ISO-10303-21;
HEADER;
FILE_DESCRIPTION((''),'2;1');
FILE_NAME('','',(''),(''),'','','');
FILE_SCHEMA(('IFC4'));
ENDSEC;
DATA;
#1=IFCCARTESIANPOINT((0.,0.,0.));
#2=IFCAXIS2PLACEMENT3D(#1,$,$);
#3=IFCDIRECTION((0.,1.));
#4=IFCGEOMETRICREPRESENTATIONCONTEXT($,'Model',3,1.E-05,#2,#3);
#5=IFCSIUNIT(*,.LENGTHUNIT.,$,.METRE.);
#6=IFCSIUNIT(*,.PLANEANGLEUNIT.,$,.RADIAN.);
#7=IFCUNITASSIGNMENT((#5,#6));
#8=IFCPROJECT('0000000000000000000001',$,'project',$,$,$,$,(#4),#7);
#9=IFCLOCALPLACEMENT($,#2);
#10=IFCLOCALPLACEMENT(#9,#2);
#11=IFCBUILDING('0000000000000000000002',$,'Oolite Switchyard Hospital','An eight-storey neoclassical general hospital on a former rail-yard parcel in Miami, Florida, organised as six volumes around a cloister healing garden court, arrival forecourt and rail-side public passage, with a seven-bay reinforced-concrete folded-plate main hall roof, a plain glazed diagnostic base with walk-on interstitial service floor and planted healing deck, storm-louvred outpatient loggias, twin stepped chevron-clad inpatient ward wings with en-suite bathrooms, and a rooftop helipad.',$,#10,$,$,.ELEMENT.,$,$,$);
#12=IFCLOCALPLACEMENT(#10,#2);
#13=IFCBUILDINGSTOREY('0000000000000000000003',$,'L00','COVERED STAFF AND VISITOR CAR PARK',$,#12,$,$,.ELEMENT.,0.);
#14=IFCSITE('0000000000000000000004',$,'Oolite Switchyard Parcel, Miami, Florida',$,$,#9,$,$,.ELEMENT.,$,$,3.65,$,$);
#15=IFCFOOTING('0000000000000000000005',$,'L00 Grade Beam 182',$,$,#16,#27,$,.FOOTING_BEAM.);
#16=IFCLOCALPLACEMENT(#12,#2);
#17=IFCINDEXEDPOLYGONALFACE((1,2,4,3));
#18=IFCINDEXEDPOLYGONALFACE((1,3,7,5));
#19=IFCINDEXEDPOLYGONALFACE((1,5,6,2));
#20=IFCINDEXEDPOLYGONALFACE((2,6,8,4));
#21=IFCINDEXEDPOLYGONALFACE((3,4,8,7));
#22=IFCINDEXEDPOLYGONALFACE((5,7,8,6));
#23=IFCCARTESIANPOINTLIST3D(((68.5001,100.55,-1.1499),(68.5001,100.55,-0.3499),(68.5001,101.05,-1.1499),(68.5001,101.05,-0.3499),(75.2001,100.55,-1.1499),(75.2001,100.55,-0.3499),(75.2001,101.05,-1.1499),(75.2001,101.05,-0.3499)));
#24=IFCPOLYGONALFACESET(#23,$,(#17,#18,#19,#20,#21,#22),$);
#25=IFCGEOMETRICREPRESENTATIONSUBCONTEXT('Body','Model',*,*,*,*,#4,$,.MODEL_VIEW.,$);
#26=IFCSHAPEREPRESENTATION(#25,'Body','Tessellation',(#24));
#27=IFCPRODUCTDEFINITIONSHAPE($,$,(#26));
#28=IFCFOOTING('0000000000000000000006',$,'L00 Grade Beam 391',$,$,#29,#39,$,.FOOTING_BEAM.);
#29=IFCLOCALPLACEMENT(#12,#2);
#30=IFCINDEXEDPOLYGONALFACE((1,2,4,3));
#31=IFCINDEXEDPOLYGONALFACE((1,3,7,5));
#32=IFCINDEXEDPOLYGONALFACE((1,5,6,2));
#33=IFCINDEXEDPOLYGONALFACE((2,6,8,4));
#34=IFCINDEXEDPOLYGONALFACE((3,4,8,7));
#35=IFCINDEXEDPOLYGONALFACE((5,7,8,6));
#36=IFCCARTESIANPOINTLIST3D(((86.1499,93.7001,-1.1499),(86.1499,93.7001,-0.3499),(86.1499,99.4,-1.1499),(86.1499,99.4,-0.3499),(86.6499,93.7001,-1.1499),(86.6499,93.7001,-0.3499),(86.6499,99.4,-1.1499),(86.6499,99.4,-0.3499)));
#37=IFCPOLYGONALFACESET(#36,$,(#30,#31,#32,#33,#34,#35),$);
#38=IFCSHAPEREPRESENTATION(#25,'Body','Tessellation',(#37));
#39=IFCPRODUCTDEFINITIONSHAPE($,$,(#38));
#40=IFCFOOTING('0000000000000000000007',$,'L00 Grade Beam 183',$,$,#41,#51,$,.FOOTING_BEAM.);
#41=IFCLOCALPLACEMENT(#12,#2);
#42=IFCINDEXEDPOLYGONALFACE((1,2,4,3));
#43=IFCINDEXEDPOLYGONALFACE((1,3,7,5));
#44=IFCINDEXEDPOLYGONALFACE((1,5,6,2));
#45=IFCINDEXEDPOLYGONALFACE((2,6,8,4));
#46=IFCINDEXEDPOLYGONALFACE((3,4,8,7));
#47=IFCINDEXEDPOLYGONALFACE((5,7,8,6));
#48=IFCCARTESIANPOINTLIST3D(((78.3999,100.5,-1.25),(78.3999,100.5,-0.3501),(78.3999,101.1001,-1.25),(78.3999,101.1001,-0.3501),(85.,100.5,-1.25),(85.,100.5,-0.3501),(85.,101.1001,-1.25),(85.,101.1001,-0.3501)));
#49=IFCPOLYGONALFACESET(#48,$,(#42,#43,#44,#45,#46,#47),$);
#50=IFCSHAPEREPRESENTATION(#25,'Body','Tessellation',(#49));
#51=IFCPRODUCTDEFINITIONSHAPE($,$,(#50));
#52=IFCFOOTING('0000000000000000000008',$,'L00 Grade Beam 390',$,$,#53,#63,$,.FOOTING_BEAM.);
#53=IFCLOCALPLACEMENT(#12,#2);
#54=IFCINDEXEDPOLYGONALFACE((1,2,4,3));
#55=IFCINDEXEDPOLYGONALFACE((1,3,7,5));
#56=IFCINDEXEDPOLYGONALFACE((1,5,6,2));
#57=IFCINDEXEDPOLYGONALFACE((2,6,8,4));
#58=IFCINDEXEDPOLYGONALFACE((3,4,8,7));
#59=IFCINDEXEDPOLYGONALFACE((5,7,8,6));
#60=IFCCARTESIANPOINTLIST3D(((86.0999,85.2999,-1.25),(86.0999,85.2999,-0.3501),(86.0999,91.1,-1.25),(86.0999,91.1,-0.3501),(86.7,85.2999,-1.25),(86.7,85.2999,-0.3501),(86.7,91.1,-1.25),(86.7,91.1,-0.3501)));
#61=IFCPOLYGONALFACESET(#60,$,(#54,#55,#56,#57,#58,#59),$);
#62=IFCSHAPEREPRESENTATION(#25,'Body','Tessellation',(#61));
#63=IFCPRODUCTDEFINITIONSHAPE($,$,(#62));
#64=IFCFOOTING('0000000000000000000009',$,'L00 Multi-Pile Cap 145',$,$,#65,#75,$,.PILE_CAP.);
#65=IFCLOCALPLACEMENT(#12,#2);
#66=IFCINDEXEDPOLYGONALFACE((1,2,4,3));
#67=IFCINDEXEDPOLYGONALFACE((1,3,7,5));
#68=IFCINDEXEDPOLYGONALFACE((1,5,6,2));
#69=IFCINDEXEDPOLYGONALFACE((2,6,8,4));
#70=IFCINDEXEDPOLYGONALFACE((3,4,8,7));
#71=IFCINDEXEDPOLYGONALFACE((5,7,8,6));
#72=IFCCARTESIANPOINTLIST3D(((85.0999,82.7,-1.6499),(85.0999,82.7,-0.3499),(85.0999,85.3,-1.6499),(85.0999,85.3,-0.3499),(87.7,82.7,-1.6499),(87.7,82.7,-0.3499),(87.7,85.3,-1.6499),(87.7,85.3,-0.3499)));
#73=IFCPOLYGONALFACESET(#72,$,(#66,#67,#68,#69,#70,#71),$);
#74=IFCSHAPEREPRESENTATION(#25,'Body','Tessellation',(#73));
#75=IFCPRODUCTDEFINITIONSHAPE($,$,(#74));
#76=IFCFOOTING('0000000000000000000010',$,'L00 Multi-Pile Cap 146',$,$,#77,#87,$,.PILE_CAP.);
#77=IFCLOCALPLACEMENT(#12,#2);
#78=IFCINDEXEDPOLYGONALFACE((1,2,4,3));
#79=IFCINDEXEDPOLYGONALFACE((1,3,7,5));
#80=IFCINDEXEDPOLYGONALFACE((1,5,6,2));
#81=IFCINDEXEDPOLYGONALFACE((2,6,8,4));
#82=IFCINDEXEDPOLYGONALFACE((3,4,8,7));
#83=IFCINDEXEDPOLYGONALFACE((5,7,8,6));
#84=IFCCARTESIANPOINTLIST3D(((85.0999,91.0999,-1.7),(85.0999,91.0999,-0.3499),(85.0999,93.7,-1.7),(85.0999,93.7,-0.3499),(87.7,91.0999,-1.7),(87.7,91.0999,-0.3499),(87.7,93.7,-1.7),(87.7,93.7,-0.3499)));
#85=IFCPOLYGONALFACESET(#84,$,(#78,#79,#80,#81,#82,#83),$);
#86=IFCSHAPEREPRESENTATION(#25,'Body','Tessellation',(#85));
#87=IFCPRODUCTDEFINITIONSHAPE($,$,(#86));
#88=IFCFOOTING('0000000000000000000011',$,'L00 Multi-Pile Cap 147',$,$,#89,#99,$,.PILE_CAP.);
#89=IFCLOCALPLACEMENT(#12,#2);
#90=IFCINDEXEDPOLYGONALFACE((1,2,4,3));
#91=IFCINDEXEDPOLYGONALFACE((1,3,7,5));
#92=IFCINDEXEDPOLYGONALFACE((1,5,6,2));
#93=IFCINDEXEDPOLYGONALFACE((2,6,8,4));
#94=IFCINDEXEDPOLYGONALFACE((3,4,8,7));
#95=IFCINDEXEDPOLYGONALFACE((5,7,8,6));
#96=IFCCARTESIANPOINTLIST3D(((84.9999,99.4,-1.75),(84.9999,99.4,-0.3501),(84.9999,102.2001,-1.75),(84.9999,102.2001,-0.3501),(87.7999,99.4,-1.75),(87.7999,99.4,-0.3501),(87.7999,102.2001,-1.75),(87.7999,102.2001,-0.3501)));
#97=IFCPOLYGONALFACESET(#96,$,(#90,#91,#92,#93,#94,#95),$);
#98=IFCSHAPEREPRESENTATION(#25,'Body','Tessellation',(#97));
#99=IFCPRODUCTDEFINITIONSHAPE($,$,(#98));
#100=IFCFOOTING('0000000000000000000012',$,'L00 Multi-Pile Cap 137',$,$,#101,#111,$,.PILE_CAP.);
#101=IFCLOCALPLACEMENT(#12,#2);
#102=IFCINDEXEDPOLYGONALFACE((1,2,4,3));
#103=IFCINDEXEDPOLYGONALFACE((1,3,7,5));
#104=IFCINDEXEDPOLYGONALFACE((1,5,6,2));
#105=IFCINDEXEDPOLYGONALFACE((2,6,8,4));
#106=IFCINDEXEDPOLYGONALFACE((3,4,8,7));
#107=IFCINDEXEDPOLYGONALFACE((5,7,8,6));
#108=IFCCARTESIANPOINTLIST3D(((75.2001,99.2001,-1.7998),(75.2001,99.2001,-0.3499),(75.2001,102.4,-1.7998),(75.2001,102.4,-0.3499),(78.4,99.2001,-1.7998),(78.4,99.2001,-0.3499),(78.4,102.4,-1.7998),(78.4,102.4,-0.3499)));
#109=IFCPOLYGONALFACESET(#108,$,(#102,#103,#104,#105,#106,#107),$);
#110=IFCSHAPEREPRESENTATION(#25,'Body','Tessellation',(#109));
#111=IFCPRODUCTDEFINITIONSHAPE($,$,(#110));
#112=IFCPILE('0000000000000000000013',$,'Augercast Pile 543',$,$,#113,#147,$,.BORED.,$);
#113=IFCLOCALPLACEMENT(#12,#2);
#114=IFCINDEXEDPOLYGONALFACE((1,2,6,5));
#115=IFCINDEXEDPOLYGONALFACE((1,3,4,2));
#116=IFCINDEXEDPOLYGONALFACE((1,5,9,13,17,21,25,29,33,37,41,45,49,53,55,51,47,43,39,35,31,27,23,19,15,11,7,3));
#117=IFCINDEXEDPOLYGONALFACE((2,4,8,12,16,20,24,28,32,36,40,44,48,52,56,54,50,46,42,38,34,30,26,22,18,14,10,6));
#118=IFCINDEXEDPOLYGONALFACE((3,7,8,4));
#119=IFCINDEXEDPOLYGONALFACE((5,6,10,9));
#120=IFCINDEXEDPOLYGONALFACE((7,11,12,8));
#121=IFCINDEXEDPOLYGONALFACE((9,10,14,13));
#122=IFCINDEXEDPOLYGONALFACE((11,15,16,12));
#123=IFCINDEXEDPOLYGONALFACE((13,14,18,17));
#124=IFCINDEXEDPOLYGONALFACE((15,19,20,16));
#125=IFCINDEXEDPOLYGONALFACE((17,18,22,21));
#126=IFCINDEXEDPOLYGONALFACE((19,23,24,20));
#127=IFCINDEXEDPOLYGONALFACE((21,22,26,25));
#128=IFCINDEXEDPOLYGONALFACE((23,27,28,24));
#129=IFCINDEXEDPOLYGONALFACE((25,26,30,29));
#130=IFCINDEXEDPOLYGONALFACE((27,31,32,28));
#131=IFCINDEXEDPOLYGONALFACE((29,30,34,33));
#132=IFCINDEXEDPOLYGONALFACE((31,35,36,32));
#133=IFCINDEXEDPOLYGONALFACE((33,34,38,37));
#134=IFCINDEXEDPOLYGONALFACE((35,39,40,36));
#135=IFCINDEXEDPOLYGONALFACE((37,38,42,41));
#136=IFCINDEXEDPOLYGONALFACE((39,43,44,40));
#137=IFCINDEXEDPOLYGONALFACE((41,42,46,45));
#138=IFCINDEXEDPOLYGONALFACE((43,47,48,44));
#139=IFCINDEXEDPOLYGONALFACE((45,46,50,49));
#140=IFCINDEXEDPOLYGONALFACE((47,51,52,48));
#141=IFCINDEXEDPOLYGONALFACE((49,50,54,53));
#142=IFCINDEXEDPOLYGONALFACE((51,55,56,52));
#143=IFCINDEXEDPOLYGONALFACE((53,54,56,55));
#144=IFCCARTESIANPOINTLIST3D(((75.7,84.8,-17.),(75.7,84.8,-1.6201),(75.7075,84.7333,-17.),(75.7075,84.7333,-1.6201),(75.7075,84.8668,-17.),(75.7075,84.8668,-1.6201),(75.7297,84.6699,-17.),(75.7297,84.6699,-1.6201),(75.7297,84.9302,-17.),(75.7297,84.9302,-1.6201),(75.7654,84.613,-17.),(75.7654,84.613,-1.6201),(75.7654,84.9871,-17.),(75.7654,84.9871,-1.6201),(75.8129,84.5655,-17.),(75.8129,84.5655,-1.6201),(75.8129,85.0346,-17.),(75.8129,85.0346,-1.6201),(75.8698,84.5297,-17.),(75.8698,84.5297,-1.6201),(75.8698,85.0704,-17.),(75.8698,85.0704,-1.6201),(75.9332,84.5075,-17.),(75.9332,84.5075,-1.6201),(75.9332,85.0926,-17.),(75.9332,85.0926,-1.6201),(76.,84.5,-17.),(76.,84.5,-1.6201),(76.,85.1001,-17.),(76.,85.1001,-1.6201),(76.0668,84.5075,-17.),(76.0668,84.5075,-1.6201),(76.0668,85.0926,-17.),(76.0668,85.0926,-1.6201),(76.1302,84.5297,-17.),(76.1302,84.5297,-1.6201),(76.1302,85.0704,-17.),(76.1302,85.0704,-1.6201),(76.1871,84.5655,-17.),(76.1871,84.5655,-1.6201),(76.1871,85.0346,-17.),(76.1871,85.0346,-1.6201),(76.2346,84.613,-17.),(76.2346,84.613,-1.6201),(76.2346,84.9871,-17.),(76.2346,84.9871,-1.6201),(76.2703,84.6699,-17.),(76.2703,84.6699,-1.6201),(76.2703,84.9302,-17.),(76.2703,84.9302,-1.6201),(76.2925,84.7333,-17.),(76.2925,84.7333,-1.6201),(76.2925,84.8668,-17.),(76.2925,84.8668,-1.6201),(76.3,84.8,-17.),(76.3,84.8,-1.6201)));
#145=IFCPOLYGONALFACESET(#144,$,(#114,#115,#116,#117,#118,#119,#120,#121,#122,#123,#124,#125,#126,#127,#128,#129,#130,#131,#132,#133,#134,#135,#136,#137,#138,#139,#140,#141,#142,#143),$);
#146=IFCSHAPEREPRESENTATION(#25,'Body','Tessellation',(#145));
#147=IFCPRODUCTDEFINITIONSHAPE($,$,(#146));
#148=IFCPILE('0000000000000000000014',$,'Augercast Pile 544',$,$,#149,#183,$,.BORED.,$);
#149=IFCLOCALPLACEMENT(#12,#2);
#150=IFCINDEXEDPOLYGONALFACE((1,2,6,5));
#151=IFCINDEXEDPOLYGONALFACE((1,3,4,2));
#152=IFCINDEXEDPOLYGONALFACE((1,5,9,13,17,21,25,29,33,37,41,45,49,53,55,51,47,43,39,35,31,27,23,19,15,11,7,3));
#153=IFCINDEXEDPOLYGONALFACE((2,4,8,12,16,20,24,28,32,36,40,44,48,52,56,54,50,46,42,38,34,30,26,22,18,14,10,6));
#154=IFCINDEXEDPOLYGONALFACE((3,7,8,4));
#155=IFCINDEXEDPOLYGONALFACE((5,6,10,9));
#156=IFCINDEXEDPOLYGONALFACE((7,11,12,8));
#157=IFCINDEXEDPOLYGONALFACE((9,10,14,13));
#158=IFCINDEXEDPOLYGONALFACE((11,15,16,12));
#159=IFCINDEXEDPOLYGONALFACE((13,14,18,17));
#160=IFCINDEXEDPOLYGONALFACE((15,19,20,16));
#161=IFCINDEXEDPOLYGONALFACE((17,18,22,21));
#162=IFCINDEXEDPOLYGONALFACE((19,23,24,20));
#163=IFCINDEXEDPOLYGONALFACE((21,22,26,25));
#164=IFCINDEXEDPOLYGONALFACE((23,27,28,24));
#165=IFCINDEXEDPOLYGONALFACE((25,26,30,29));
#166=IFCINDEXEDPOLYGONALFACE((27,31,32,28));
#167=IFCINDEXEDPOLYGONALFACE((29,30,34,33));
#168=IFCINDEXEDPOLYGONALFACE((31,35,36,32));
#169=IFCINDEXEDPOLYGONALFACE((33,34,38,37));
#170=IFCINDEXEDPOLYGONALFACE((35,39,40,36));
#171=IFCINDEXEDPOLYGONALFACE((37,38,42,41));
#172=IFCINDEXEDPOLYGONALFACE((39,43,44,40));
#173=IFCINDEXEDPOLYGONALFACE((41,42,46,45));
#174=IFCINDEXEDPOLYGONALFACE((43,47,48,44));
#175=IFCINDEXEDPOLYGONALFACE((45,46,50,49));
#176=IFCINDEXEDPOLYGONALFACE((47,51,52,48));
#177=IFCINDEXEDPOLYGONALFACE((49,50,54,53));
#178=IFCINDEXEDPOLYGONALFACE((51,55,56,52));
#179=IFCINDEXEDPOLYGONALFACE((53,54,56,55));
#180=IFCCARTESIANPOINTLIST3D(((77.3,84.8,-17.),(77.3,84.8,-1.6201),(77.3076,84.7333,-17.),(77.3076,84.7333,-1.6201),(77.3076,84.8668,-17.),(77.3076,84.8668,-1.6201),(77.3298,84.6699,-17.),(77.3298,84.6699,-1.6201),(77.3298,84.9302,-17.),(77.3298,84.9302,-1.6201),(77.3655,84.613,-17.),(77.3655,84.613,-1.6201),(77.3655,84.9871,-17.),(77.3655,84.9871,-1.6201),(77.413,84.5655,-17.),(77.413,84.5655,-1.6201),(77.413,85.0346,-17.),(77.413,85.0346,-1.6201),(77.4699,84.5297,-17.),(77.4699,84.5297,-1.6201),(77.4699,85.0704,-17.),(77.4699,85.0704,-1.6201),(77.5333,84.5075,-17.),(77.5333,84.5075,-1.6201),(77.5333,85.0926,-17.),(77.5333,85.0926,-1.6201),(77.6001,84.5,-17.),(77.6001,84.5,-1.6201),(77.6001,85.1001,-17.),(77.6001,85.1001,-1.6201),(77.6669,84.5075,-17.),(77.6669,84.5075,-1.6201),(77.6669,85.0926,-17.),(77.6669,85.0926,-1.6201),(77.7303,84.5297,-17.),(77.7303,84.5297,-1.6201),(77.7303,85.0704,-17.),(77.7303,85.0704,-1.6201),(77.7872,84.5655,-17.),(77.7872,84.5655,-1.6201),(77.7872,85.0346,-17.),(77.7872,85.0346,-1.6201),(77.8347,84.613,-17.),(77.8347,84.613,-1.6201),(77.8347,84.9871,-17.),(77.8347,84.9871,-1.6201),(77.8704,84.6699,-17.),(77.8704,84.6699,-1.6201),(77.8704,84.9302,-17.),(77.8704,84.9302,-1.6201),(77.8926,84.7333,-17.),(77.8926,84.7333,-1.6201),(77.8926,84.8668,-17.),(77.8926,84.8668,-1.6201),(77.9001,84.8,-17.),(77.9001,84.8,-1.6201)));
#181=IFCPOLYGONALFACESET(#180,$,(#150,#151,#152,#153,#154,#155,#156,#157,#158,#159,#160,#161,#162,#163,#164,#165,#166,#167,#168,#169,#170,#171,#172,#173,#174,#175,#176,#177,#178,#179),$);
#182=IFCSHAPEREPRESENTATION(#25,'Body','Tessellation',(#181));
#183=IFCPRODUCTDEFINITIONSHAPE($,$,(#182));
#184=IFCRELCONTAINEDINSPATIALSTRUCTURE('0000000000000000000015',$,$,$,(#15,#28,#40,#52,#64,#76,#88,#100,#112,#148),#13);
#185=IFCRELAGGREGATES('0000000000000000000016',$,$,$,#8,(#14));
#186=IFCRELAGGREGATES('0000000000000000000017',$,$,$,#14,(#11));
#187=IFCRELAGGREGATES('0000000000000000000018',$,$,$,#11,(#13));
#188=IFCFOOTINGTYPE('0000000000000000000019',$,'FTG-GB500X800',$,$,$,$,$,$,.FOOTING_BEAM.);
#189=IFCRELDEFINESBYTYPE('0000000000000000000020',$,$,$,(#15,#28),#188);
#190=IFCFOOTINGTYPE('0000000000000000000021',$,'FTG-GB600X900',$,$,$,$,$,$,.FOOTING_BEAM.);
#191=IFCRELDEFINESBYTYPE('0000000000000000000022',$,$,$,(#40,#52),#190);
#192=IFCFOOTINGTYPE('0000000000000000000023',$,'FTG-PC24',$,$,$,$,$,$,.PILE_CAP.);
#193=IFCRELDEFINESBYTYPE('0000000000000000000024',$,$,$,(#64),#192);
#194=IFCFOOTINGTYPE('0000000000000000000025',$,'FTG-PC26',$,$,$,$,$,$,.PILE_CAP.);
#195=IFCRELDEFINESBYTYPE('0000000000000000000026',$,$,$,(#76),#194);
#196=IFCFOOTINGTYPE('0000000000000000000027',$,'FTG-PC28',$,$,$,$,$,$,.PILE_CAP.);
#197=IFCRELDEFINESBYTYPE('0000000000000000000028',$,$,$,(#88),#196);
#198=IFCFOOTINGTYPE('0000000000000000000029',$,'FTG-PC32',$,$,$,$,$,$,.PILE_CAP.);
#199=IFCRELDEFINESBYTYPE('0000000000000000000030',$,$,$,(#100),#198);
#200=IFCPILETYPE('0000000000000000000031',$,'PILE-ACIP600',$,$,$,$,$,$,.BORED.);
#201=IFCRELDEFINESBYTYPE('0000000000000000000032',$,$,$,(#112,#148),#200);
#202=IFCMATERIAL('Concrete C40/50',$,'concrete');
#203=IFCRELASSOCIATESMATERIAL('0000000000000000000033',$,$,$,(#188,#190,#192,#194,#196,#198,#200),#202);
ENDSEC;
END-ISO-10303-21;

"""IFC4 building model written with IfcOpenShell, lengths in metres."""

from ifc_helpers import new_model, si_unit, direction, frame, origin, origin_2d, place, context, subcontext, project, spatial, rectangle, circle, extrude, material, material_profile, profile_set, type_object, element, save


model = new_model("IFC4")

# Units and contexts
model_context = context("Model", 3, precision=1e-05, world=origin(), true_north=direction((0.0, 1.0)))
body_context = subcontext(model_context, "Body", "Model", "MODEL_VIEW")
ifc_project = project(units=[si_unit("LENGTHUNIT", "METRE"), si_unit("PLANEANGLEUNIT", "RADIAN")], contexts=[model_context])

# Site, building, storey
site_placement = place(None, origin())
site = spatial("IfcSite", under=ifc_project, at=site_placement, Name="Oolite Switchyard Parcel, Miami, Florida", CompositionType="ELEMENT", RefElevation=3.65)
building_placement = place(site_placement, origin())
building = spatial("IfcBuilding", under=site, at=building_placement, Name="Oolite Switchyard Hospital", Description="An eight-storey neoclassical general hospital on a former rail-yard parcel in Miami, Florida, organised as six volumes around a cloister healing garden court, arrival forecourt and rail-side public passage, with a seven-bay reinforced-concrete folded-plate main hall roof, a plain glazed diagnostic base with walk-on interstitial service floor and planted healing deck, storm-louvred outpatient loggias, twin stepped chevron-clad inpatient ward wings with en-suite bathrooms, and a rooftop helipad.", CompositionType="ELEMENT")
storey_placement = place(building_placement, origin())
storey = spatial("IfcBuildingStorey", under=building, at=storey_placement, Name="L00", Description="COVERED STAFF AND VISITOR CAR PARK", CompositionType="ELEMENT", Elevation=0.0)

# Footings
ifc_material_1 = material(Name="Concrete C40/50", Category="concrete")
footing_type_1 = type_object("IfcFootingType", Name="FTG-GB500X800", PredefinedType="FOOTING_BEAM", material=ifc_material_1)
footing_1_placement = place(storey_placement, frame((71.8501, 100.8, -1.1499), z_axis=(0.0, 0.0, 1.0), x_axis=(1.0, 0.0, 0.0)))
element("IfcFooting", 1, at=footing_1_placement, inside=storey, type_object=footing_type_1, Name="L00 Grade Beam 182", PredefinedType="FOOTING_BEAM", context=body_context, shape_type="SweptSolid", body=[
    extrude(rectangle(XDim=6.7, YDim=0.5, at=origin_2d()), origin(), (0.0, 0.0, 1.0), 0.8),
])
footing_2_placement = place(storey_placement, frame((86.3999, 96.55, -1.1499), z_axis=(0.0, 0.0, 1.0), x_axis=(0.0, 1.0, 0.0)))
element("IfcFooting", 2, at=footing_2_placement, inside=storey, type_object=footing_type_1, Name="L00 Grade Beam 391", PredefinedType="FOOTING_BEAM", context=body_context, shape_type="SweptSolid", body=[
    extrude(rectangle(XDim=5.7, YDim=0.5, at=origin_2d()), origin(), (0.0, 0.0, 1.0), 0.8),
])
footing_type_2 = type_object("IfcFootingType", Name="FTG-GB600X900", PredefinedType="FOOTING_BEAM", material=ifc_material_1)
footing_3_placement = place(storey_placement, frame((81.7, 100.8, -1.25), z_axis=(0.0, 0.0, 1.0), x_axis=(1.0, 0.0, 0.0)))
element("IfcFooting", 3, at=footing_3_placement, inside=storey, type_object=footing_type_2, Name="L00 Grade Beam 183", PredefinedType="FOOTING_BEAM", context=body_context, shape_type="SweptSolid", body=[
    extrude(rectangle(XDim=6.6001, YDim=0.6001, at=origin_2d()), origin(), (0.0, 0.0, 1.0), 0.8999),
])
footing_4_placement = place(storey_placement, frame((86.3999, 88.2, -1.25), z_axis=(0.0, 0.0, 1.0), x_axis=(0.0, 1.0, 0.0)))
element("IfcFooting", 4, at=footing_4_placement, inside=storey, type_object=footing_type_2, Name="L00 Grade Beam 390", PredefinedType="FOOTING_BEAM", context=body_context, shape_type="SweptSolid", body=[
    extrude(rectangle(XDim=5.8, YDim=0.6001, at=origin_2d()), origin(), (0.0, 0.0, 1.0), 0.8999),
])
footing_type_3 = type_object("IfcFootingType", Name="FTG-PC24", PredefinedType="PILE_CAP", material=ifc_material_1)
footing_5_placement = place(storey_placement, frame((86.3999, 84.0, -1.6499), z_axis=(0.0, 0.0, 1.0), x_axis=(1.0, 0.0, 0.0)))
element("IfcFooting", 5, at=footing_5_placement, inside=storey, type_object=footing_type_3, Name="L00 Multi-Pile Cap 145", PredefinedType="PILE_CAP", context=body_context, shape_type="SweptSolid", body=[
    extrude(rectangle(XDim=2.6001, YDim=2.6001, at=origin_2d()), origin(), (0.0, 0.0, 1.0), 1.3),
])
footing_type_4 = type_object("IfcFootingType", Name="FTG-PC26", PredefinedType="PILE_CAP", material=ifc_material_1)
footing_6_placement = place(storey_placement, frame((86.3999, 92.3999, -1.7), z_axis=(0.0, 0.0, 1.0), x_axis=(1.0, 0.0, 0.0)))
element("IfcFooting", 6, at=footing_6_placement, inside=storey, type_object=footing_type_4, Name="L00 Multi-Pile Cap 146", PredefinedType="PILE_CAP", context=body_context, shape_type="SweptSolid", body=[
    extrude(rectangle(XDim=2.6001, YDim=2.6001, at=origin_2d()), origin(), (0.0, 0.0, 1.0), 1.3501),
])
footing_type_5 = type_object("IfcFootingType", Name="FTG-PC28", PredefinedType="PILE_CAP", material=ifc_material_1)
footing_7_placement = place(storey_placement, frame((86.3999, 100.8, -1.75), z_axis=(0.0, 0.0, 1.0), x_axis=(1.0, 0.0, 0.0)))
element("IfcFooting", 7, at=footing_7_placement, inside=storey, type_object=footing_type_5, Name="L00 Multi-Pile Cap 147", PredefinedType="PILE_CAP", context=body_context, shape_type="SweptSolid", body=[
    extrude(rectangle(XDim=2.8, YDim=2.8, at=origin_2d()), origin(), (0.0, 0.0, 1.0), 1.3999),
])
footing_type_6 = type_object("IfcFootingType", Name="FTG-PC32", PredefinedType="PILE_CAP", material=ifc_material_1)
footing_8_placement = place(storey_placement, frame((76.8, 100.8, -1.7998), z_axis=(0.0, 0.0, 1.0), x_axis=(1.0, 0.0, 0.0)))
element("IfcFooting", 8, at=footing_8_placement, inside=storey, type_object=footing_type_6, Name="L00 Multi-Pile Cap 137", PredefinedType="PILE_CAP", context=body_context, shape_type="SweptSolid", body=[
    extrude(rectangle(XDim=3.2, YDim=3.2, at=origin_2d()), origin(), (0.0, 0.0, 1.0), 1.45),
])

# Piles
ifc_material_profile_1 = material_profile(ifc_material_1, circle(Radius=0.3, at=origin_2d()), Name="PILE600")
ifc_profile_set_1 = profile_set([ifc_material_profile_1], Name="Concrete C40/50")
pile_type = type_object("IfcPileType", Name="PILE-ACIP600", PredefinedType="BORED", material=ifc_profile_set_1)
for number, where, z_axis, x_axis, name in (
    (9, (76.0, 84.8, -1.6201), (0.0, 0.0, -1.0), (1.0, 0.0, 0.0), "Augercast Pile 543"),
    (10, (77.6001, 84.8, -1.6201), (0.0, 0.0, -1.0), (1.0, 0.0, 0.0), "Augercast Pile 544"),
):
    element("IfcPile", number, at=place(storey_placement, frame(where, z_axis=z_axis, x_axis=x_axis)), inside=storey, type_object=pile_type, Name=name, PredefinedType="BORED", context=body_context, shape_type="SweptSolid", body=[
        extrude(circle(Radius=0.3, at=origin_2d()), origin(), (0.0, 0.0, 1.0), 15.3799),
    ])

save(model, "model.ifc")
